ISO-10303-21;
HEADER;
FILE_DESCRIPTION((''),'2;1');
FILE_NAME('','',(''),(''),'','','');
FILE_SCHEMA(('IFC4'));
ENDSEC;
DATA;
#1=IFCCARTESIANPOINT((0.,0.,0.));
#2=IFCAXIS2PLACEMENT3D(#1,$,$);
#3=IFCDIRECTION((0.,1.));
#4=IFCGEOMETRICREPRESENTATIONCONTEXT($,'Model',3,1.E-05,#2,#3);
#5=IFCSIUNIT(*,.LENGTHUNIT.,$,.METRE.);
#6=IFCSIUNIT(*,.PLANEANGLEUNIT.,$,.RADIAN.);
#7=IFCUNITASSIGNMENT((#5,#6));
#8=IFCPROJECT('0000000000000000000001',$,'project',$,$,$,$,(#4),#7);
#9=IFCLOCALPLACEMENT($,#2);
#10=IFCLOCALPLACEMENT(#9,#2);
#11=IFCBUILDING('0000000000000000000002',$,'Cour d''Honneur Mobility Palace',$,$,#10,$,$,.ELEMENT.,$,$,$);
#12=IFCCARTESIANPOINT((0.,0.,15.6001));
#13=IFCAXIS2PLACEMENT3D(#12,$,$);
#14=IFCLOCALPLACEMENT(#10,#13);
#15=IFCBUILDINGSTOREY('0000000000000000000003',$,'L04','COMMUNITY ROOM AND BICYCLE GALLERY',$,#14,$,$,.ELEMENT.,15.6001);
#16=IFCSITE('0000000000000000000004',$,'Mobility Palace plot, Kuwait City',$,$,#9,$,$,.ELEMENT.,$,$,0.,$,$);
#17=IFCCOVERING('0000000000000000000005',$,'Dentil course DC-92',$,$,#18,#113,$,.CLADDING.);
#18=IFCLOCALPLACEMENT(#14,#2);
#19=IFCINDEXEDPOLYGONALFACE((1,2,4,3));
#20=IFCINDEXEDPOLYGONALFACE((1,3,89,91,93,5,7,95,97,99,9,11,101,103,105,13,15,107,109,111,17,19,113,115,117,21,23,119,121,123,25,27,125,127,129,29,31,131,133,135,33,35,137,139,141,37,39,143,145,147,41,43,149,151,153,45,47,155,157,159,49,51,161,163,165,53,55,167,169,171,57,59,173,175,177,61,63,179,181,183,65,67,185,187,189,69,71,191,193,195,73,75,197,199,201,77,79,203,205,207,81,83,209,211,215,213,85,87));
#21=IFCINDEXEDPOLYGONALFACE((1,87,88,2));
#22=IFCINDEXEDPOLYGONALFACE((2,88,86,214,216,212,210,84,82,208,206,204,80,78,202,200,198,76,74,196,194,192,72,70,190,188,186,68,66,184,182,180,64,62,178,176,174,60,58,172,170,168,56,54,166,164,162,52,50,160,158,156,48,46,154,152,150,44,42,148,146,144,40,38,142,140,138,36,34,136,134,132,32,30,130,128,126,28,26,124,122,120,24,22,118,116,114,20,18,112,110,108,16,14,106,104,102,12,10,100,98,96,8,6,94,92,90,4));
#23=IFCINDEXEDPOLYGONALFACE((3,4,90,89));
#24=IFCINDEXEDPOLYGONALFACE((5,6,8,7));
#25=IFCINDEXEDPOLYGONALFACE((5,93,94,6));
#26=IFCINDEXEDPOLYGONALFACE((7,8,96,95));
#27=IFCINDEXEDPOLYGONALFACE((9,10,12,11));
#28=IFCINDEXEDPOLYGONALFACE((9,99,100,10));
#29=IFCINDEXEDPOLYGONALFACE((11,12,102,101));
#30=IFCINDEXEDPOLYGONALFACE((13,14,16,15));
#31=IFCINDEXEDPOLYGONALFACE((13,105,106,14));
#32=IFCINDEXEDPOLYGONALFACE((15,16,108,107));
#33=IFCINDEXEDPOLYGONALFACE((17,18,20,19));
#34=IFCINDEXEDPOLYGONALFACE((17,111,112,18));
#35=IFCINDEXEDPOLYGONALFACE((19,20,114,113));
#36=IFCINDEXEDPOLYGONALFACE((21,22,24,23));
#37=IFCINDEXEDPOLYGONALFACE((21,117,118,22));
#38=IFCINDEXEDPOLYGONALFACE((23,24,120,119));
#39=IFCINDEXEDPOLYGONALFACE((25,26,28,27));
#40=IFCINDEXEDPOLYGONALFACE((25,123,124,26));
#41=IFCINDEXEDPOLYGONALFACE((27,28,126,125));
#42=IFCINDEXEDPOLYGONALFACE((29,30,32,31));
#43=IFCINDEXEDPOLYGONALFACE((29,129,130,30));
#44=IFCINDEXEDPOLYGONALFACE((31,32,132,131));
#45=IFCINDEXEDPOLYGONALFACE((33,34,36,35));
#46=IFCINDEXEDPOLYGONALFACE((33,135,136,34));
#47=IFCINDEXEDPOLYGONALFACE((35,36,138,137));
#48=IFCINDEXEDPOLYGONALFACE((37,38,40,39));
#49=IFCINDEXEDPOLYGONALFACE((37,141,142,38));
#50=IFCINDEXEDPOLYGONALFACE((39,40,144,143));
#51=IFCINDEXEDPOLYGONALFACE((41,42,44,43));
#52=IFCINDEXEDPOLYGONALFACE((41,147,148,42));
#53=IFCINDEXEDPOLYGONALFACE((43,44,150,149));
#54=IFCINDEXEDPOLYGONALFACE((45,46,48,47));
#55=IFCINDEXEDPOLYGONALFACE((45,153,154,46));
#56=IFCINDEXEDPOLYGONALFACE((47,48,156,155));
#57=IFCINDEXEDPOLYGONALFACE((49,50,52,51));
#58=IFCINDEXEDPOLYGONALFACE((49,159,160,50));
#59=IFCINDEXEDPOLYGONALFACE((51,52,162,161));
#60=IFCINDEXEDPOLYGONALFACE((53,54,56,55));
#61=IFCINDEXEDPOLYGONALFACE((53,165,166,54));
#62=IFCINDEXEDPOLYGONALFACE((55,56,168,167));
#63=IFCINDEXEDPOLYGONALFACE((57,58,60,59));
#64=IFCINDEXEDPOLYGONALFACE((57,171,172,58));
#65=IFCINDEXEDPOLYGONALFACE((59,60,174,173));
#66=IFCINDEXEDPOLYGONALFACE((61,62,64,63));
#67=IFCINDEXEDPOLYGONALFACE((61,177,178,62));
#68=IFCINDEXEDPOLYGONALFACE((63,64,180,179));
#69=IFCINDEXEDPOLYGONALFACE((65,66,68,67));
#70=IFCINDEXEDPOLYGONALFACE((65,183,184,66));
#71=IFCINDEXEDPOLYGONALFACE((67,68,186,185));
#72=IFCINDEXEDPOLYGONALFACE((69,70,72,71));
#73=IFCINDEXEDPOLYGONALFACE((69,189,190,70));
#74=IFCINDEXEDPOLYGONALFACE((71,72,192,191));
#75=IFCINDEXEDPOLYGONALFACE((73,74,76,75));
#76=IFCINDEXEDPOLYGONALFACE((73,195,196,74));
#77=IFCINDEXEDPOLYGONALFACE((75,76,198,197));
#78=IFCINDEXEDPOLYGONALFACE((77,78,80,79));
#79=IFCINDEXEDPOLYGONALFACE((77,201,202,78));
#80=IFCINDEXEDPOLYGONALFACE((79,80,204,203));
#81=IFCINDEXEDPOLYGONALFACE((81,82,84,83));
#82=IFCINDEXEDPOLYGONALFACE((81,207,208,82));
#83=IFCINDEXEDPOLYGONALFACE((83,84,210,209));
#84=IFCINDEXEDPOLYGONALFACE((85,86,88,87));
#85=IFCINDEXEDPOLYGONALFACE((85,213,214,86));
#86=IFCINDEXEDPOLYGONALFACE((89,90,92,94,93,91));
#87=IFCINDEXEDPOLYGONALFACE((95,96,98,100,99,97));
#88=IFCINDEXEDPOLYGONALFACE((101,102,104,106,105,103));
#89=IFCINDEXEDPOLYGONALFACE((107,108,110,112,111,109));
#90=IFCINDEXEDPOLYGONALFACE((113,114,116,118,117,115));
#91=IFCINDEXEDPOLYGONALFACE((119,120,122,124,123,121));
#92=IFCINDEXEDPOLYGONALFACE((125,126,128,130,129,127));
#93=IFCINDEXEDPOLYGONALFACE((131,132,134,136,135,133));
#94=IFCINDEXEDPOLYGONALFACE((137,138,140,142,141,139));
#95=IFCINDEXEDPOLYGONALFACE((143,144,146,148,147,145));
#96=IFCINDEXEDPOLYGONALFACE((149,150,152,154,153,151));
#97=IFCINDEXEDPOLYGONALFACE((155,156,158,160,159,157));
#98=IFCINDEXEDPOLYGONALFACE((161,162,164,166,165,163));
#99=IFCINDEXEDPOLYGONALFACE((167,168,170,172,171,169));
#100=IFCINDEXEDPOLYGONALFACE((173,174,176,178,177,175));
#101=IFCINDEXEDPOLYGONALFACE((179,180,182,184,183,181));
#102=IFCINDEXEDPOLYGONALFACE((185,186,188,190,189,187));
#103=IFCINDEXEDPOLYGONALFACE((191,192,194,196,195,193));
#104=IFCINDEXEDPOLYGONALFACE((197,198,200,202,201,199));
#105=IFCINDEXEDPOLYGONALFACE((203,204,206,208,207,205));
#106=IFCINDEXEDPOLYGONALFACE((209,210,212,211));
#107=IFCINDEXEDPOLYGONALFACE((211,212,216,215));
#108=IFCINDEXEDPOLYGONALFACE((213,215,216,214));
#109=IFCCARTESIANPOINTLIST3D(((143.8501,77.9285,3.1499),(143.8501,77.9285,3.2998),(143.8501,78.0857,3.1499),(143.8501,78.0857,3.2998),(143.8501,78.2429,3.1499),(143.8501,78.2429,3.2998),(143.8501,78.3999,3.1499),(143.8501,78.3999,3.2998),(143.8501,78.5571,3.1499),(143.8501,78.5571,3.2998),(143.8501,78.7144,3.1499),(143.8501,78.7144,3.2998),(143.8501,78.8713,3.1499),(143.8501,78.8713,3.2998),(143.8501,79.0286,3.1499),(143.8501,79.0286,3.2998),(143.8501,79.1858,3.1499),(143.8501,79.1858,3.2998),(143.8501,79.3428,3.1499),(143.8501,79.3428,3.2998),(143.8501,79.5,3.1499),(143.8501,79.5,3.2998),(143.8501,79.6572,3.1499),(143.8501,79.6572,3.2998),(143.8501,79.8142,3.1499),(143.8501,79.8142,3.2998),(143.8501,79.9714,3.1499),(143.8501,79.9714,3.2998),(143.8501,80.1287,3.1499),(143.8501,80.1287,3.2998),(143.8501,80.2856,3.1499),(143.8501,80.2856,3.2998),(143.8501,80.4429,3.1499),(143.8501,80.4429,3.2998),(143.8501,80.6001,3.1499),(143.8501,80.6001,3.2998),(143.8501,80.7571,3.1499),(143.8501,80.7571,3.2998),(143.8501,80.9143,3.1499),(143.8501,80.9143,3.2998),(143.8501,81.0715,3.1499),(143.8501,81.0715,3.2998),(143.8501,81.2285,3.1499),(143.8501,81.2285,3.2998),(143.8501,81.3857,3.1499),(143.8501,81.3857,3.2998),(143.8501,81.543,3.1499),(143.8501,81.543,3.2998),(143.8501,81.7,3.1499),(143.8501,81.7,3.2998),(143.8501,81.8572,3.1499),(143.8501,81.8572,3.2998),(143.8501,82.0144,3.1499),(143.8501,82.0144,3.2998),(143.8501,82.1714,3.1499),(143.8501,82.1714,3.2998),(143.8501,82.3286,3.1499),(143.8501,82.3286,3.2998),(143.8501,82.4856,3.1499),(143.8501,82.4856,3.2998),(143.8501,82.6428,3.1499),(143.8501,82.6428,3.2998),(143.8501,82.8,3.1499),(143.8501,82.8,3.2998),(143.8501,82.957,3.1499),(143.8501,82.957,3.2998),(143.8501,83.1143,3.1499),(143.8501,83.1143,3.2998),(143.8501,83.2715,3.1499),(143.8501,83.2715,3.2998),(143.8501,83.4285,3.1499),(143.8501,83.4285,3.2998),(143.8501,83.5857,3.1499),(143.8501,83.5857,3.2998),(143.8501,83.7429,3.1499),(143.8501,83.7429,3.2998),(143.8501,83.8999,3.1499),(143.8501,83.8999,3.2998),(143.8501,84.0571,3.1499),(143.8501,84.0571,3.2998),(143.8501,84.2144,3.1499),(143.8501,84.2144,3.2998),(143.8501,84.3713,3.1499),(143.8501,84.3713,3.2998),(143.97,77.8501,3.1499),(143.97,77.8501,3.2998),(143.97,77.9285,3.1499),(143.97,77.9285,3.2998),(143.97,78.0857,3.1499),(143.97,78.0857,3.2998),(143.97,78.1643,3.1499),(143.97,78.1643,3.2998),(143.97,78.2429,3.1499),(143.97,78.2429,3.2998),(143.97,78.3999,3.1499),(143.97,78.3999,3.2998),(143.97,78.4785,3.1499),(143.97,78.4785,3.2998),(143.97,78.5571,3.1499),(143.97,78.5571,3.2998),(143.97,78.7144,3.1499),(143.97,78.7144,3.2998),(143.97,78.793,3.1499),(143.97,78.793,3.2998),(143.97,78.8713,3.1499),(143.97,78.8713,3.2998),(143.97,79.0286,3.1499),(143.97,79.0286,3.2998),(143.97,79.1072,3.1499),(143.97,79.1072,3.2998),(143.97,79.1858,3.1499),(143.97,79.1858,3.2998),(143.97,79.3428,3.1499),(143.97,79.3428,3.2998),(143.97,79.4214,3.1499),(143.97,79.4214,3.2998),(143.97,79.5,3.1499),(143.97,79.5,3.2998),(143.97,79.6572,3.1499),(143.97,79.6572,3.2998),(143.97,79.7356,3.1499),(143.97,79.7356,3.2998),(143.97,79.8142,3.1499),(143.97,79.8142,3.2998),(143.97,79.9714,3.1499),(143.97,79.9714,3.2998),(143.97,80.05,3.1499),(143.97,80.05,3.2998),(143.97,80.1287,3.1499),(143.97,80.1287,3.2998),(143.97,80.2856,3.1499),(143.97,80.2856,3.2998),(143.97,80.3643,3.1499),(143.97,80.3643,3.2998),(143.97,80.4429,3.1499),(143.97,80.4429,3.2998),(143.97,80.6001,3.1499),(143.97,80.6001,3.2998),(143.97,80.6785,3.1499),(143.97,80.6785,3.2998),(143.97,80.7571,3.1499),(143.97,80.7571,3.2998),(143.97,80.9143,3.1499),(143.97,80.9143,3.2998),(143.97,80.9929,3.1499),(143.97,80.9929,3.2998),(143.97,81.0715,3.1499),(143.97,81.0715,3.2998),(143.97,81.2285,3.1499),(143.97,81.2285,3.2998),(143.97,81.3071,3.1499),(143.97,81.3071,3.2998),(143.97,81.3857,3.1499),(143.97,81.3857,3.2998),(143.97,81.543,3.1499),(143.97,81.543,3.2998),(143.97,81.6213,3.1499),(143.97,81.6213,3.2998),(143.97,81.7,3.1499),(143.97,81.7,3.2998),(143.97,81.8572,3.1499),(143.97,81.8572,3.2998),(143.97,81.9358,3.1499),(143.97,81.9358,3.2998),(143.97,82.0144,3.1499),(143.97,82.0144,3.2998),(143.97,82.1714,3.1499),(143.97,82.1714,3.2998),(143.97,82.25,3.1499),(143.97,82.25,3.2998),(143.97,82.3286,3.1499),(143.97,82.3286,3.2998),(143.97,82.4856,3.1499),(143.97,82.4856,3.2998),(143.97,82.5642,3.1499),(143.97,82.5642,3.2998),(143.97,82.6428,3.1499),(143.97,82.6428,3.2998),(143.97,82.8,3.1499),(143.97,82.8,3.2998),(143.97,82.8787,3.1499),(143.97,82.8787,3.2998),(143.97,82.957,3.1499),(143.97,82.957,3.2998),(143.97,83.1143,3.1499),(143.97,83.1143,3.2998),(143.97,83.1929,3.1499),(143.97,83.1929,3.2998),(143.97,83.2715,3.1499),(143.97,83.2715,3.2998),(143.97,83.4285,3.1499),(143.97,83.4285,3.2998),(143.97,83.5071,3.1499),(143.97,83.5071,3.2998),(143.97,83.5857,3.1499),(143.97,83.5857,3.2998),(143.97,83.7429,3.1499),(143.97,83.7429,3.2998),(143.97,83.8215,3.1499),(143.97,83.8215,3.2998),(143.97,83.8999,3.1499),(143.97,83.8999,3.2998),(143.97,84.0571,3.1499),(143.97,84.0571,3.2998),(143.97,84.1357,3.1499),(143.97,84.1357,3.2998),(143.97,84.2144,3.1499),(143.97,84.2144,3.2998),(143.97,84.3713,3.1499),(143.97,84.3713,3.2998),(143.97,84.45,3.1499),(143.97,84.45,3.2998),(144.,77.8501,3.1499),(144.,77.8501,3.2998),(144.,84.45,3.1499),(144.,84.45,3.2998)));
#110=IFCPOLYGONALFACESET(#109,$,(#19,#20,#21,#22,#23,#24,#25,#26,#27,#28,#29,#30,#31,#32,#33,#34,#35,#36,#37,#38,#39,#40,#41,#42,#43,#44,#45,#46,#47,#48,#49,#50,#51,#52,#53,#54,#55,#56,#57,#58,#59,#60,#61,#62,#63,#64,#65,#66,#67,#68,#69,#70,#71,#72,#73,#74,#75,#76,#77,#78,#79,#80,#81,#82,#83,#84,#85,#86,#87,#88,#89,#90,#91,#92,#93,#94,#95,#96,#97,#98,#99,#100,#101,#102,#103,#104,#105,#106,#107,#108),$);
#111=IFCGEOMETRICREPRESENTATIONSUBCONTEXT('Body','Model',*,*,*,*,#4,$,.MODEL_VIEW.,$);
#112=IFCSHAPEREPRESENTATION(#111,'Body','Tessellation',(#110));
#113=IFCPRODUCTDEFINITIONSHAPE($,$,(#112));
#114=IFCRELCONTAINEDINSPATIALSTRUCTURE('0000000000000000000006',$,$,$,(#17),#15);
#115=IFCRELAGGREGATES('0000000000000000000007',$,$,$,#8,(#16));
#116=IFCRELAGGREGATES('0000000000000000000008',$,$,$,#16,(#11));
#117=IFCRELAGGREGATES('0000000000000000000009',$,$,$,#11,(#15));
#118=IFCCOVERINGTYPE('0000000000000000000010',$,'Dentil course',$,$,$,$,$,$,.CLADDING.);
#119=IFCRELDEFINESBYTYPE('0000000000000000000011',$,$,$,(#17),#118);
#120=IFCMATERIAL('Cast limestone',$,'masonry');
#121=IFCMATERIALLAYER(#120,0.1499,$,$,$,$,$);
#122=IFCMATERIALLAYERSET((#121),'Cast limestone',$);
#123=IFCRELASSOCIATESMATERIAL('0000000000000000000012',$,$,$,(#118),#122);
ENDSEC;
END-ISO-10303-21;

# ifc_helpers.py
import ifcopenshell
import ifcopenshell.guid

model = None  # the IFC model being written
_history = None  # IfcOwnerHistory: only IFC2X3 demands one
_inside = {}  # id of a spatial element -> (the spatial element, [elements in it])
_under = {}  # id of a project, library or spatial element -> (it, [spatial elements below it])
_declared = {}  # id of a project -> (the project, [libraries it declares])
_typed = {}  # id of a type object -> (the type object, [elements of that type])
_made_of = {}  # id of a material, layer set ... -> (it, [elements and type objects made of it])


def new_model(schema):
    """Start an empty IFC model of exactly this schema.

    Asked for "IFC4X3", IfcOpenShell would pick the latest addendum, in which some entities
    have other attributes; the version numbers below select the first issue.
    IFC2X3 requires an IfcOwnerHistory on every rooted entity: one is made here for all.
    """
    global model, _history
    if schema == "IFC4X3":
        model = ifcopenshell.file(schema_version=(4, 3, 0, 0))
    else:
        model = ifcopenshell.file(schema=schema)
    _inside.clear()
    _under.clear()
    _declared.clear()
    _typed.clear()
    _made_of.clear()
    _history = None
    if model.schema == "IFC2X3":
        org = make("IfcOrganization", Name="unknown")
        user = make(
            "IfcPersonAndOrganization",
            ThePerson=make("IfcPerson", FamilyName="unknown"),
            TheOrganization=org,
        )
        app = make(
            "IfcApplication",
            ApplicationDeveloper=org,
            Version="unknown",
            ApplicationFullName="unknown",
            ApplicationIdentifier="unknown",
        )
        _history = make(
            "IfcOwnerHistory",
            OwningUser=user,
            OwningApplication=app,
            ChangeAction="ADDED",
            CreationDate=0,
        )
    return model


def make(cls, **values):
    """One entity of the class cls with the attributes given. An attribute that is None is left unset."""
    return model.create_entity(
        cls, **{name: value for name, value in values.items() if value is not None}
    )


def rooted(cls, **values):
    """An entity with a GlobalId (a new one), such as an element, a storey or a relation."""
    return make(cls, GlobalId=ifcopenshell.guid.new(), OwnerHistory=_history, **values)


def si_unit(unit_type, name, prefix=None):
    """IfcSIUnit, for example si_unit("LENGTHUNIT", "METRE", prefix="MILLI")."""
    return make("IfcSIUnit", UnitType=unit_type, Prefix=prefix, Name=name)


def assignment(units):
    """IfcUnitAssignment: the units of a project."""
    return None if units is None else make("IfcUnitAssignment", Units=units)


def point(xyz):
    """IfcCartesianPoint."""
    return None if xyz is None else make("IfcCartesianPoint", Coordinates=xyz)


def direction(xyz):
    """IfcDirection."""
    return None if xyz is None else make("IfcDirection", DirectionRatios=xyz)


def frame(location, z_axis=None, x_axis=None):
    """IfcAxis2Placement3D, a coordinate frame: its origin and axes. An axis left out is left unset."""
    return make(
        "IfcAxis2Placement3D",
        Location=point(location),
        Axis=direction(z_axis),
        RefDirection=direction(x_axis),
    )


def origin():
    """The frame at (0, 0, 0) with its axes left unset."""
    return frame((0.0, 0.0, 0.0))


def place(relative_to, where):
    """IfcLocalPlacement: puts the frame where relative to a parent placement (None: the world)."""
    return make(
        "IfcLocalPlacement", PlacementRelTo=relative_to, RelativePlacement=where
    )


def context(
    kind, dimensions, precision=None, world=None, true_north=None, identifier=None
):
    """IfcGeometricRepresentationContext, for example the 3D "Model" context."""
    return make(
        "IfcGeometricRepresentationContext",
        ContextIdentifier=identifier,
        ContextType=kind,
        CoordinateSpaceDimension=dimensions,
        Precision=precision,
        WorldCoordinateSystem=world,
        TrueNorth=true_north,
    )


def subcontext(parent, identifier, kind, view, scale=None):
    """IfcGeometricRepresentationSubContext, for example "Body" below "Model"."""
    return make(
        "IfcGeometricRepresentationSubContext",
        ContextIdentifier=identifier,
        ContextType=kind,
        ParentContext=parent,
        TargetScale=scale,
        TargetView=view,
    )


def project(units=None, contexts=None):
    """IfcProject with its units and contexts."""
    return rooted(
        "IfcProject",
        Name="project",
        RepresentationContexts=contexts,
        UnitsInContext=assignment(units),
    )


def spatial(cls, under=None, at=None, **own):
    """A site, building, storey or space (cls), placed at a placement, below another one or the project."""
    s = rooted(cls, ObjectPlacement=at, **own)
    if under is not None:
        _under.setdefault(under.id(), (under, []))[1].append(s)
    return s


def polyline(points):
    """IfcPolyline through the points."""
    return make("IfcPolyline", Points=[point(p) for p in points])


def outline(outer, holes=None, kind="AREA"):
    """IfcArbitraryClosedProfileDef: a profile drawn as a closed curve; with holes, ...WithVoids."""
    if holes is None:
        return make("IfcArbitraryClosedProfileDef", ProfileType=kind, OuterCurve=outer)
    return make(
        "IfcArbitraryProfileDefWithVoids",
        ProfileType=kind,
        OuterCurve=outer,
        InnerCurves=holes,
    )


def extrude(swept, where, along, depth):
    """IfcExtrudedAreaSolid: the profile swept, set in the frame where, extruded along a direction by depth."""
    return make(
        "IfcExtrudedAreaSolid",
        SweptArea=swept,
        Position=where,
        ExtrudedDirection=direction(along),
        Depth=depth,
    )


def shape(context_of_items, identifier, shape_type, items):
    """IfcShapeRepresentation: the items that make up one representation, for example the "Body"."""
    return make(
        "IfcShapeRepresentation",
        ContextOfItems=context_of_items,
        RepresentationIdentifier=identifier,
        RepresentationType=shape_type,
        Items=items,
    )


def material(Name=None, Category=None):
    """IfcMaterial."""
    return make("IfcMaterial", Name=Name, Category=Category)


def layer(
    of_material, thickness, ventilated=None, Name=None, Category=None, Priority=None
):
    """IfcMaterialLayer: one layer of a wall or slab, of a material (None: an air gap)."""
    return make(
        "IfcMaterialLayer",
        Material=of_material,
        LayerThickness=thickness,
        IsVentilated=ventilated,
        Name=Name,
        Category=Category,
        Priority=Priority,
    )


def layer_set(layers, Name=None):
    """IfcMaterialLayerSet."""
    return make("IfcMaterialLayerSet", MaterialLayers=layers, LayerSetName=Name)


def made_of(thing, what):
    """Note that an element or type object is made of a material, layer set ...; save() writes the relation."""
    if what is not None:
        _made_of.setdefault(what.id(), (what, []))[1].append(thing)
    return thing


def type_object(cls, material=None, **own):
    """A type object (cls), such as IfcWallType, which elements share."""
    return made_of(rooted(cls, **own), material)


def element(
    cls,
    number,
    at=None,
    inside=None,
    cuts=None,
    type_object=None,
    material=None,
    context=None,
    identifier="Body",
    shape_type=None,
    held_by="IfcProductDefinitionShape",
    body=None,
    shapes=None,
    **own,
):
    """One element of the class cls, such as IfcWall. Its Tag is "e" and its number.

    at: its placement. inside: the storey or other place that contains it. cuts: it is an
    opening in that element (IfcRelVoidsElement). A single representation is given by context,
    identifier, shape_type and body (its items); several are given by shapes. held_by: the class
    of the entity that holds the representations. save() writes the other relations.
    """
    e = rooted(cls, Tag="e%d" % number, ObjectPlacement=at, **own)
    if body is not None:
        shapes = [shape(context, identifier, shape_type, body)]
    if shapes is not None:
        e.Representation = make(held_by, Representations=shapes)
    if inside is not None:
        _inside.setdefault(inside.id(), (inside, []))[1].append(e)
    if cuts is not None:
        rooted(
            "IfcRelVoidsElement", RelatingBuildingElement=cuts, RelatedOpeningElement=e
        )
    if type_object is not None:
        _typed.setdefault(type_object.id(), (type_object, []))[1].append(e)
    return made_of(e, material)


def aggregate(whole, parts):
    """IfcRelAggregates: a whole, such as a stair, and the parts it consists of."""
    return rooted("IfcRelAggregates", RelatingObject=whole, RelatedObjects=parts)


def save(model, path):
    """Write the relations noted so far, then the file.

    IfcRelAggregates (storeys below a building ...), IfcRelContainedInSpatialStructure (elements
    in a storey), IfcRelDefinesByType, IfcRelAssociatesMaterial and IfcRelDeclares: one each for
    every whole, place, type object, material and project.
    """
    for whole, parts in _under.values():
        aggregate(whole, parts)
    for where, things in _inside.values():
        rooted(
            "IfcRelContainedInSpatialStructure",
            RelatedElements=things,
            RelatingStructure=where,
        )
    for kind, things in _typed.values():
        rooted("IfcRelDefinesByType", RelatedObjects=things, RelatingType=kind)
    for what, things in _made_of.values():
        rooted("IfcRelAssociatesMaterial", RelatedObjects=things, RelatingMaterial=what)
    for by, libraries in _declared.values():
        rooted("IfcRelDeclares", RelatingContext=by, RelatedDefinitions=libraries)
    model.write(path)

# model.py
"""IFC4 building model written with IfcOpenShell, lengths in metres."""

from ifc_helpers import new_model, si_unit, direction, frame, origin, place, context, subcontext, project, spatial, polyline, outline, extrude, material, layer, layer_set, type_object, element, save


model = new_model("IFC4")

# Units and contexts
model_context = context("Model", 3, precision=1e-05, world=origin(), true_north=direction((0.0, 1.0)))
body_context = subcontext(model_context, "Body", "Model", "MODEL_VIEW")
ifc_project = project(units=[si_unit("LENGTHUNIT", "METRE"), si_unit("PLANEANGLEUNIT", "RADIAN")], contexts=[model_context])

# Site, building, storey
site_placement = place(None, origin())
site = spatial("IfcSite", under=ifc_project, at=site_placement, Name="Mobility Palace plot, Kuwait City", CompositionType="ELEMENT", RefElevation=0.0)
building_placement = place(site_placement, origin())
building = spatial("IfcBuilding", under=site, at=building_placement, Name="Cour d'Honneur Mobility Palace", CompositionType="ELEMENT")
storey_placement = place(building_placement, frame((0.0, 0.0, 15.6001)))
storey = spatial("IfcBuildingStorey", under=building, at=storey_placement, Name="L04", Description="COMMUNITY ROOM AND BICYCLE GALLERY", CompositionType="ELEMENT", Elevation=15.6001)

# Covering
ifc_material = material(Name="Cast limestone", Category="masonry")
ifc_layer = layer(ifc_material, 0.1499)
ifc_layer_set = layer_set([ifc_layer], Name="Cast limestone")
covering_type = type_object("IfcCoveringType", Name="Dentil course", PredefinedType="CLADDING", material=ifc_layer_set)
covering_1_placement = place(storey_placement, frame((0.0, 0.0, 3.1499)))
element("IfcCovering", 1, at=covering_1_placement, inside=storey, type_object=covering_type, Name="Dentil course DC-92", PredefinedType="CLADDING", context=body_context, shape_type="SweptSolid", body=[
    extrude(outline(polyline([(144.0, 84.45), (144.0, 77.8501), (143.97, 77.8501), (143.97, 77.8501), (143.97, 77.9285), (143.8501, 77.9285), (143.8501, 78.0857), (143.97, 78.0857), (143.97, 78.1643), (143.97, 78.1643), (143.97, 78.2429), (143.8501, 78.2429), (143.8501, 78.3999), (143.97, 78.3999), (143.97, 78.4785), (143.97, 78.4785), (143.97, 78.5571), (143.8501, 78.5571), (143.8501, 78.7144), (143.97, 78.7144), (143.97, 78.793), (143.97, 78.793), (143.97, 78.8713), (143.8501, 78.8713), (143.8501, 79.0286), (143.97, 79.0286), (143.97, 79.1072), (143.97, 79.1072), (143.97, 79.1858), (143.8501, 79.1858), (143.8501, 79.3428), (143.97, 79.3428), (143.97, 79.4214), (143.97, 79.4214), (143.97, 79.5), (143.8501, 79.5), (143.8501, 79.6572), (143.97, 79.6572), (143.97, 79.7356), (143.97, 79.7356), (143.97, 79.8142), (143.8501, 79.8142), (143.8501, 79.9714), (143.97, 79.9714), (143.97, 80.05), (143.97, 80.05), (143.97, 80.1287), (143.8501, 80.1287), (143.8501, 80.2856), (143.97, 80.2856), (143.97, 80.3643), (143.97, 80.3643), (143.97, 80.4429), (143.8501, 80.4429), (143.8501, 80.6001), (143.97, 80.6001), (143.97, 80.6785), (143.97, 80.6785), (143.97, 80.7571), (143.8501, 80.7571), (143.8501, 80.9143), (143.97, 80.9143), (143.97, 80.9929), (143.97, 80.9929), (143.97, 81.0715), (143.8501, 81.0715), (143.8501, 81.2285), (143.97, 81.2285), (143.97, 81.3071), (143.97, 81.3071), (143.97, 81.3857), (143.8501, 81.3857), (143.8501, 81.543), (143.97, 81.543), (143.97, 81.6213), (143.97, 81.6213), (143.97, 81.7), (143.8501, 81.7), (143.8501, 81.8572), (143.97, 81.8572), (143.97, 81.9358), (143.97, 81.9358), (143.97, 82.0144), (143.8501, 82.0144), (143.8501, 82.1714), (143.97, 82.1714), (143.97, 82.25), (143.97, 82.25), (143.97, 82.3286), (143.8501, 82.3286), (143.8501, 82.4856), (143.97, 82.4856), (143.97, 82.5642), (143.97, 82.5642), (143.97, 82.6428), (143.8501, 82.6428), (143.8501, 82.8), (143.97, 82.8), (143.97, 82.8787), (143.97, 82.8787), (143.97, 82.957), (143.8501, 82.957), (143.8501, 83.1143), (143.97, 83.1143), (143.97, 83.1929), (143.97, 83.1929), (143.97, 83.2715), (143.8501, 83.2715), (143.8501, 83.4285), (143.97, 83.4285), (143.97, 83.5071), (143.97, 83.5071), (143.97, 83.5857), (143.8501, 83.5857), (143.8501, 83.7429), (143.97, 83.7429), (143.97, 83.8215), (143.97, 83.8215), (143.97, 83.8999), (143.8501, 83.8999), (143.8501, 84.0571), (143.97, 84.0571), (143.97, 84.1357), (143.97, 84.1357), (143.97, 84.2144), (143.8501, 84.2144), (143.8501, 84.3713), (143.97, 84.3713), (143.97, 84.45), (144.0, 84.45)])), origin(), (0.0, 0.0, 1.0), 0.1499),
])

save(model, "model.ifc")
